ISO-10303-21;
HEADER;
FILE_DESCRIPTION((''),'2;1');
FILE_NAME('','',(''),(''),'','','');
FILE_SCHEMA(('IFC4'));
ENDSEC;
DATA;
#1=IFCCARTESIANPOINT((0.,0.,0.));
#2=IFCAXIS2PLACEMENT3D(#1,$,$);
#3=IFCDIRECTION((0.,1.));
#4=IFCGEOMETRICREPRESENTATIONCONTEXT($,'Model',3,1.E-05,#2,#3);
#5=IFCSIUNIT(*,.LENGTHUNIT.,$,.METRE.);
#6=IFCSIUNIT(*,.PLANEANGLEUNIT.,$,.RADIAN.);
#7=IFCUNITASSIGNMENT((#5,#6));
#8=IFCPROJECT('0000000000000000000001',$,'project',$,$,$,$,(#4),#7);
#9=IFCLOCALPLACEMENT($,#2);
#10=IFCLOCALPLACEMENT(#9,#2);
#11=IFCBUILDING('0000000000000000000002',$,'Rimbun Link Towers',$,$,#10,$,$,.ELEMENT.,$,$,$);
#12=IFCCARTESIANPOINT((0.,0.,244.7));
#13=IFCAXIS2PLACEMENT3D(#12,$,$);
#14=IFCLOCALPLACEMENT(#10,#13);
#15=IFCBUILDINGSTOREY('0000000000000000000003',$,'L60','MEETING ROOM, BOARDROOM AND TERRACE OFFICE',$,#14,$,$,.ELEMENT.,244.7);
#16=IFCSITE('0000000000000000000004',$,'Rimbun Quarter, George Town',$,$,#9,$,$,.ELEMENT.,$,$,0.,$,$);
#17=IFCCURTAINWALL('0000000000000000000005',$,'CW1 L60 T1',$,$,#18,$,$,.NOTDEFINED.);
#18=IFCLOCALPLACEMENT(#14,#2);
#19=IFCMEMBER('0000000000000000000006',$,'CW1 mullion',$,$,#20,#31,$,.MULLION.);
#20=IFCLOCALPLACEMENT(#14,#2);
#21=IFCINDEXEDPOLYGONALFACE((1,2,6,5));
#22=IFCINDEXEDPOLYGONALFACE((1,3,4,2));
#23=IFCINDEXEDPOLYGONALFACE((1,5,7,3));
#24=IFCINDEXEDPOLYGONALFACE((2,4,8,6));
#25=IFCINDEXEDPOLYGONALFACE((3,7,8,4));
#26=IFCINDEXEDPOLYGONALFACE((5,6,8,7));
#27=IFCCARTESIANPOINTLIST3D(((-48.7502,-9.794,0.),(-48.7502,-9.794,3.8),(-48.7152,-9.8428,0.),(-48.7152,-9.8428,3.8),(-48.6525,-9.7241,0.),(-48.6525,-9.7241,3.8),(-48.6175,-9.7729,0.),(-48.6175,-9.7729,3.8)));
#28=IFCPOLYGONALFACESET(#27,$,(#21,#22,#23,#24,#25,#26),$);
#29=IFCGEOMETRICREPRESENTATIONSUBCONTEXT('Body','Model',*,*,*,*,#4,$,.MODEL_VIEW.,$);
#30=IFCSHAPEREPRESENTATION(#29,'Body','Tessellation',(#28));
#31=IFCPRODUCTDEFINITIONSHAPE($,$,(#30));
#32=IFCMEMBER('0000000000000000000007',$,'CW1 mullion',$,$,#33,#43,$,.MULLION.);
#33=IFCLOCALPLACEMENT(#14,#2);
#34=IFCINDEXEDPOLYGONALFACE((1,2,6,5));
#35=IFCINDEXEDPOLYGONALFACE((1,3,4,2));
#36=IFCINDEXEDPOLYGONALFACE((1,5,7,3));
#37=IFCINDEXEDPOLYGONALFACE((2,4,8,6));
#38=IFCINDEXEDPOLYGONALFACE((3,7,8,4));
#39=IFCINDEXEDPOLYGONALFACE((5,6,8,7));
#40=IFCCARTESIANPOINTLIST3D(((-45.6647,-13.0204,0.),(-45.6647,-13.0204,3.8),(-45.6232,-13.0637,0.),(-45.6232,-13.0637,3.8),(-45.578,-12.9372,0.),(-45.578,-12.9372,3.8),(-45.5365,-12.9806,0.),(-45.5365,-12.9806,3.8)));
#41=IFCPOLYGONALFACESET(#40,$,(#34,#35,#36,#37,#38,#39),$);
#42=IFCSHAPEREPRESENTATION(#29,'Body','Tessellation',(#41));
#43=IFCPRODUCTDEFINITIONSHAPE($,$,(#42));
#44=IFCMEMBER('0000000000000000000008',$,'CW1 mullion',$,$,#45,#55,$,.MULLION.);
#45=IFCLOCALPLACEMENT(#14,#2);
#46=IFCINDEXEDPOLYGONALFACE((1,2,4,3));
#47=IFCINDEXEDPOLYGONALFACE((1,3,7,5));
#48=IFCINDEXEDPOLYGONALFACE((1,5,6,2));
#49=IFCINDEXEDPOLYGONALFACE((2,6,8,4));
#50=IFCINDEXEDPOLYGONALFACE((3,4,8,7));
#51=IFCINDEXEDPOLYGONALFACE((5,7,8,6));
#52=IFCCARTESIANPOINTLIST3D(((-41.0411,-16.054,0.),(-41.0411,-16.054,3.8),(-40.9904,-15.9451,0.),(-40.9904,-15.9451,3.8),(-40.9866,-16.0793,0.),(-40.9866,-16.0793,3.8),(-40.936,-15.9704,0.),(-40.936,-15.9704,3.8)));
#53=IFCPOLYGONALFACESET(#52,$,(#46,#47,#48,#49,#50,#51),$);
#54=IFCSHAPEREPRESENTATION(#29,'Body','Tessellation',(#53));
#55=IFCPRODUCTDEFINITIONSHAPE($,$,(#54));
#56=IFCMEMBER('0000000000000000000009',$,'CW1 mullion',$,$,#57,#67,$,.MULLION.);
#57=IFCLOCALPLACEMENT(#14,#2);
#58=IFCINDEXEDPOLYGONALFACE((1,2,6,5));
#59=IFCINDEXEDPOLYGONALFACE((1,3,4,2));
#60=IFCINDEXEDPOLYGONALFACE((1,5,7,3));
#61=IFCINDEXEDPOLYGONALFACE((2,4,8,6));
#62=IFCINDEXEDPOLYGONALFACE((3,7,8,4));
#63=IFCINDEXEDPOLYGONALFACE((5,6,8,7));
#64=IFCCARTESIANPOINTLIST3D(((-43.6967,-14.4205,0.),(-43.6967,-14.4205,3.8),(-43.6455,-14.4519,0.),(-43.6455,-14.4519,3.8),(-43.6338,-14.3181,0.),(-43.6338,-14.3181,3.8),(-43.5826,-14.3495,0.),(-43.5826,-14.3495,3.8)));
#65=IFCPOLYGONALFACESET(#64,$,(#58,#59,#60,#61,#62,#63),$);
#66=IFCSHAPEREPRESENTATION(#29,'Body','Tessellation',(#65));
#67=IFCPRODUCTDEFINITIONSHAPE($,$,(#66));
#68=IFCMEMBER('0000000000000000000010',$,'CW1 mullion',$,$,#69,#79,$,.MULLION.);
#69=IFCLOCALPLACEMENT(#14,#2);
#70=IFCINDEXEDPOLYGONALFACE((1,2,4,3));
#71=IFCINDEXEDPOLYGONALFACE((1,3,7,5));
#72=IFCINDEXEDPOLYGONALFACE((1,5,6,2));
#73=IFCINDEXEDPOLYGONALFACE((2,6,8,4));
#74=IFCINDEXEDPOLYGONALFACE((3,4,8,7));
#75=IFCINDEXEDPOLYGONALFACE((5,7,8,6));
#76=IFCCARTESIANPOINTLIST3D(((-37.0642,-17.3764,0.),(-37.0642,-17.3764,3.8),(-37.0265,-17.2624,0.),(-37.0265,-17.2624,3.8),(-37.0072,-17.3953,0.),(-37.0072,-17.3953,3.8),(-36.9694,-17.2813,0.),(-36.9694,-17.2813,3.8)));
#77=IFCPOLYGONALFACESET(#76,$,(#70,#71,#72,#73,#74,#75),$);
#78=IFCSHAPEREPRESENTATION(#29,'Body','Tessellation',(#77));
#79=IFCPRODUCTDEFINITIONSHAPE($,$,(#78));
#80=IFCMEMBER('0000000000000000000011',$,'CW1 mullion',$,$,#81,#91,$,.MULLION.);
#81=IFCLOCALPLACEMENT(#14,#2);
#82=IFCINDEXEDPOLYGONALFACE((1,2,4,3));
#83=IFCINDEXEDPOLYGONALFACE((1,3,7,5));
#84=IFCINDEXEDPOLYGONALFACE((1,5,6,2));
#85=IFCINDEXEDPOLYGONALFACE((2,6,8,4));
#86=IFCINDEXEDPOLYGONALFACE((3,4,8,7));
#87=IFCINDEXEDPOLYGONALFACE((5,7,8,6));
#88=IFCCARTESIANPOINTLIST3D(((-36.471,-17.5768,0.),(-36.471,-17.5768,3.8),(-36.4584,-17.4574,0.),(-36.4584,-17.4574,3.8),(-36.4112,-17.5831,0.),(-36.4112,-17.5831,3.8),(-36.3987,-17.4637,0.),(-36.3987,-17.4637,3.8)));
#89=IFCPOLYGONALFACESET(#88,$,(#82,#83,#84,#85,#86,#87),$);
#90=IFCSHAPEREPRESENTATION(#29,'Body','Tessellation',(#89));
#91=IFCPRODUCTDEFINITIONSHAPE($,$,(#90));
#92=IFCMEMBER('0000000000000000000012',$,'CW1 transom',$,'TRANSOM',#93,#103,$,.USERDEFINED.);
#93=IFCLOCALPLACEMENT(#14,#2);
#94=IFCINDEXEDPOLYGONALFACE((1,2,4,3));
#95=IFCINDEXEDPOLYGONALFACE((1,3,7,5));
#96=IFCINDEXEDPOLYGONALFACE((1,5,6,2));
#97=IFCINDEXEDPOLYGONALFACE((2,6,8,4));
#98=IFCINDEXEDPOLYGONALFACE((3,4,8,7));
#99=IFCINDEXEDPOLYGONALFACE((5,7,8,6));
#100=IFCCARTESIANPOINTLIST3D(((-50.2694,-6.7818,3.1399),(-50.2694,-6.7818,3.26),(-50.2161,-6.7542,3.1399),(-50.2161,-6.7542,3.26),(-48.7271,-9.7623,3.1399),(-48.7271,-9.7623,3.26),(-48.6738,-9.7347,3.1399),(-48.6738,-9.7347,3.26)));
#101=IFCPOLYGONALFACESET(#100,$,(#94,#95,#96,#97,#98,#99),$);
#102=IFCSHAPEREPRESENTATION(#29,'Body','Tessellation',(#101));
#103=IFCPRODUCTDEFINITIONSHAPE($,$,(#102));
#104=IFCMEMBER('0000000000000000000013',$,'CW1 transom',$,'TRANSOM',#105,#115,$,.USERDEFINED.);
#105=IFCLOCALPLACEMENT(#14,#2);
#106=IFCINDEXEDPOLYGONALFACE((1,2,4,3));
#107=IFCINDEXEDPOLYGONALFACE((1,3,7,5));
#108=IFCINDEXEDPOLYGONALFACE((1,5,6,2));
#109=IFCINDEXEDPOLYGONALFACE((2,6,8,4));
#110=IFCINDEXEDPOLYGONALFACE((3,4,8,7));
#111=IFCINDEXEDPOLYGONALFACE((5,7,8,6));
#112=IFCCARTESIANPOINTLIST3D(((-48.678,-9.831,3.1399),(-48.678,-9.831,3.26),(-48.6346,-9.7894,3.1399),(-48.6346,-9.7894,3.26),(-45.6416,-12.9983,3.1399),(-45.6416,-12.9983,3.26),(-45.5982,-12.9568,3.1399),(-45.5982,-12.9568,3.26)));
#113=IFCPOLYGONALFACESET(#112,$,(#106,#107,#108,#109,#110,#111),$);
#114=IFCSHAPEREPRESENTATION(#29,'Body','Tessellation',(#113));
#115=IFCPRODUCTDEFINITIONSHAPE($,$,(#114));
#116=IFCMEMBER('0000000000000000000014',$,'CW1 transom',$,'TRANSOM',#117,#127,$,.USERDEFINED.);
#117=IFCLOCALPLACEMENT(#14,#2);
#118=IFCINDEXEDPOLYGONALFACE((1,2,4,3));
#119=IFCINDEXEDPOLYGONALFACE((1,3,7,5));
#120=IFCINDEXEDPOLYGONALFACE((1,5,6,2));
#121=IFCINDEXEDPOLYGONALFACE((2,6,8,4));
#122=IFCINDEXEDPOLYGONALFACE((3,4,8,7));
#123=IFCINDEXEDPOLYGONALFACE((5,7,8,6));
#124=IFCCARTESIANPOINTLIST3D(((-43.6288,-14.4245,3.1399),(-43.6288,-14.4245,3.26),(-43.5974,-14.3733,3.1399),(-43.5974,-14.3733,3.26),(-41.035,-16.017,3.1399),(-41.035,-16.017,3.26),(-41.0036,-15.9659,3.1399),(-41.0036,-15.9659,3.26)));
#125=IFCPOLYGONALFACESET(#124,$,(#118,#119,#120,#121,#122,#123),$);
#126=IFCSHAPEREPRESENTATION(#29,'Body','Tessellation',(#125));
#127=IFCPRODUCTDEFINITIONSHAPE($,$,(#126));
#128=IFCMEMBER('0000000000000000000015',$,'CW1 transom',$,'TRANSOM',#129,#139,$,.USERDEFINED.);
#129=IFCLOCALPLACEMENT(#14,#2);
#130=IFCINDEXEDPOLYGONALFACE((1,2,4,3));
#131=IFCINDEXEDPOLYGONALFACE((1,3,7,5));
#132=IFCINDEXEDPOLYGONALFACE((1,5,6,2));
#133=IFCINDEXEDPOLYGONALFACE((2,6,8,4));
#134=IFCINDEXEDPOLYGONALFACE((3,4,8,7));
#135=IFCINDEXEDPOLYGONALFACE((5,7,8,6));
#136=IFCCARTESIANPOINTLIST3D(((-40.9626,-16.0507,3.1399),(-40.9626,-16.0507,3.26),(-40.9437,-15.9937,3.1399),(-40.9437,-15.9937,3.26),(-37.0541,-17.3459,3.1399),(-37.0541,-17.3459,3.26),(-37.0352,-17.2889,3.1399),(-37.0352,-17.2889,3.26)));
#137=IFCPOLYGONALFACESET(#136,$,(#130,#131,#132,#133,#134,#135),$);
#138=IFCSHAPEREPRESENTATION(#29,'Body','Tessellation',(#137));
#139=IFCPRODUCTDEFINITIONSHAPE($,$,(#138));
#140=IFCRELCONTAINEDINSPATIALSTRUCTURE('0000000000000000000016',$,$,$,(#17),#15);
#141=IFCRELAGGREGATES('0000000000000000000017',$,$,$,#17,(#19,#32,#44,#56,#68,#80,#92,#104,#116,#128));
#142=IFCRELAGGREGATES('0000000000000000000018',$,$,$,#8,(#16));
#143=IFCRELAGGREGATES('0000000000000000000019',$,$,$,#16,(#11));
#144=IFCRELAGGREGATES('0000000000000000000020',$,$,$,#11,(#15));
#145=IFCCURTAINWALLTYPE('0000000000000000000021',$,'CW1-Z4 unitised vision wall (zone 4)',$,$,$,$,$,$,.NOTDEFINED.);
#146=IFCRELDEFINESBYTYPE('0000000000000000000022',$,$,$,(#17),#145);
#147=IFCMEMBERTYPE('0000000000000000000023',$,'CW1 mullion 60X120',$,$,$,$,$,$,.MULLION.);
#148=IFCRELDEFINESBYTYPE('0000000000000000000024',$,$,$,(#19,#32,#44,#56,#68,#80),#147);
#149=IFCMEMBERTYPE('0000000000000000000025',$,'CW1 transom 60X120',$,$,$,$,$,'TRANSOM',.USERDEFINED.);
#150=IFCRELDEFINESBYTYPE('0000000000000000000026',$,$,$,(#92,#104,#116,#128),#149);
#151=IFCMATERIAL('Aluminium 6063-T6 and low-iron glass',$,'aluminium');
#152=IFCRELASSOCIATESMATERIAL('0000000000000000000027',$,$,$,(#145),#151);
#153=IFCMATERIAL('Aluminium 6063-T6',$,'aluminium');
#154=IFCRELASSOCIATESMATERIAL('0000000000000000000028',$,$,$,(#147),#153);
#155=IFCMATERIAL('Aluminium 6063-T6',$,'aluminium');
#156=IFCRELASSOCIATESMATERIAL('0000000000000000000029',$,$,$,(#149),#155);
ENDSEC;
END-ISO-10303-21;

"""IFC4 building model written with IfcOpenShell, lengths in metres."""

from ifc_helpers import new_model, si_unit, direction, frame, origin, origin_2d, place, context, subcontext, project, spatial, rectangle, extrude, material, material_profile, profile_set, type_object, element, aggregate, save


model = new_model("IFC4")

# Units and contexts
model_context = context("Model", 3, precision=1e-05, world=origin(), true_north=direction((0.0, 1.0)))
body_context = subcontext(model_context, "Body", "Model", "MODEL_VIEW")
ifc_project = project(units=[si_unit("LENGTHUNIT", "METRE"), si_unit("PLANEANGLEUNIT", "RADIAN")], contexts=[model_context])

# Site, building, storey
site_placement = place(None, origin())
site = spatial("IfcSite", under=ifc_project, at=site_placement, Name="Rimbun Quarter, George Town", CompositionType="ELEMENT", RefElevation=0.0)
building_placement = place(site_placement, origin())
building = spatial("IfcBuilding", under=site, at=building_placement, Name="Rimbun Link Towers", CompositionType="ELEMENT")
storey_placement = place(building_placement, frame((0.0, 0.0, 244.7)))
storey = spatial("IfcBuildingStorey", under=building, at=storey_placement, Name="L60", Description="MEETING ROOM, BOARDROOM AND TERRACE OFFICE", CompositionType="ELEMENT", Elevation=244.7)

# Curtain wall, members
ifc_material_1 = material(Name="Aluminium 6063-T6 and low-iron glass", Category="aluminium")
curtain_wall_type = type_object("IfcCurtainWallType", Name="CW1-Z4 unitised vision wall (zone 4)", PredefinedType="NOTDEFINED", material=ifc_material_1)
curtain_wall_placement = place(storey_placement, origin())
curtain_wall = element("IfcCurtainWall", 1, at=curtain_wall_placement, inside=storey, type_object=curtain_wall_type, Name="CW1 L60 T1", PredefinedType="NOTDEFINED")
ifc_material_2 = material(Name="Aluminium 6063-T6", Category="aluminium")
ifc_material_profile_1 = material_profile(ifc_material_2, rectangle(XDim=0.1201, YDim=0.0601, at=origin_2d()), Name="MULLION 60X120")
ifc_profile_set_1 = profile_set([ifc_material_profile_1], Name="Aluminium 6063-T6")
member_type_1 = type_object("IfcMemberType", Name="CW1 mullion 60X120", PredefinedType="MULLION", material=ifc_profile_set_1)
member_1_placement = place(storey_placement, frame((-48.6838, -9.7834, 0.0), z_axis=(0.0, 0.0, 1.0), x_axis=(-0.813354, -0.581769, 0.0)))
member_1 = element("IfcMember", 2, at=member_1_placement, type_object=member_type_1, Name="CW1 mullion", PredefinedType="MULLION", context=body_context, shape_type="SweptSolid", body=[
    extrude(rectangle(XDim=0.1201, YDim=0.0601, at=origin_2d()), origin(), (0.0, 0.0, 1.0), 3.8),
])
member_2_placement = place(storey_placement, frame((-45.6006, -13.0005, 0.0), z_axis=(0.0, 0.0, 1.0), x_axis=(-0.721858, -0.692041, 0.0)))
member_2 = element("IfcMember", 3, at=member_2_placement, type_object=member_type_1, Name="CW1 mullion", PredefinedType="MULLION", context=body_context, shape_type="SweptSolid", body=[
    extrude(rectangle(XDim=0.1201, YDim=0.0601, at=origin_2d()), origin(), (0.0, 0.0, 1.0), 3.8),
])
member_3_placement = place(storey_placement, frame((-40.9885, -16.0122, 0.0), z_axis=(0.0, 0.0, 1.0), x_axis=(-0.4217, -0.906735, 0.0)))
member_3 = element("IfcMember", 4, at=member_3_placement, type_object=member_type_1, Name="CW1 mullion", PredefinedType="MULLION", context=body_context, shape_type="SweptSolid", body=[
    extrude(rectangle(XDim=0.1201, YDim=0.0601, at=origin_2d()), origin(), (0.0, 0.0, 1.0), 3.8),
])
member_4_placement = place(storey_placement, frame((-43.6396, -14.385, 0.0), z_axis=(0.0, 0.0, 1.0), x_axis=(-0.523229, -0.852192, 0.0)))
member_4 = element("IfcMember", 5, at=member_4_placement, type_object=member_type_1, Name="CW1 mullion", PredefinedType="MULLION", context=body_context, shape_type="SweptSolid", body=[
    extrude(rectangle(XDim=0.1201, YDim=0.0601, at=origin_2d()), origin(), (0.0, 0.0, 1.0), 3.8),
])
member_5_placement = place(storey_placement, frame((-37.0168, -17.3289, 0.0), z_axis=(0.0, 0.0, 1.0), x_axis=(-0.314569, -0.949234, 0.0)))
member_5 = element("IfcMember", 6, at=member_5_placement, type_object=member_type_1, Name="CW1 mullion", PredefinedType="MULLION", context=body_context, shape_type="SweptSolid", body=[
    extrude(rectangle(XDim=0.1201, YDim=0.0601, at=origin_2d()), origin(), (0.0, 0.0, 1.0), 3.8),
])
member_6_placement = place(storey_placement, frame((-36.4348, -17.5203, 0.0), z_axis=(0.0, 0.0, 1.0), x_axis=(-0.104732, -0.9945, 0.0)))
member_6 = element("IfcMember", 7, at=member_6_placement, type_object=member_type_1, Name="CW1 mullion", PredefinedType="MULLION", context=body_context, shape_type="SweptSolid", body=[
    extrude(rectangle(XDim=0.1201, YDim=0.0601, at=origin_2d()), origin(), (0.0, 0.0, 1.0), 3.8),
])
ifc_material_3 = material(Name="Aluminium 6063-T6", Category="aluminium")
ifc_material_profile_2 = material_profile(ifc_material_3, rectangle(XDim=0.0601, YDim=0.1201, at=origin_2d()), Name="TRANSOM 60X120")
ifc_profile_set_2 = profile_set([ifc_material_profile_2], Name="Aluminium 6063-T6")
member_type_2 = type_object("IfcMemberType", Name="CW1 transom 60X120", ElementType="TRANSOM", PredefinedType="USERDEFINED", material=ifc_profile_set_2)
member_7_placement = place(storey_placement, frame((-48.7004, -9.7485, 3.2), z_axis=(-0.459567, 0.888143, 0.0), x_axis=(-0.888143, -0.459567, 0.0)))
member_7 = element("IfcMember", 8, at=member_7_placement, type_object=member_type_2, Name="CW1 transom", ObjectType="TRANSOM", PredefinedType="USERDEFINED", context=body_context, shape_type="SweptSolid", body=[
    extrude(rectangle(XDim=0.0601, YDim=0.1201, at=origin_2d()), origin(), (0.0, 0.0, 1.0), 3.356),
])
member_8_placement = place(storey_placement, frame((-45.6199, -12.9775, 3.2), z_axis=(-0.692037, 0.721862, 0.0), x_axis=(-0.721862, -0.692037, 0.0)))
member_8 = element("IfcMember", 9, at=member_8_placement, type_object=member_type_2, Name="CW1 transom", ObjectType="TRANSOM", PredefinedType="USERDEFINED", context=body_context, shape_type="SweptSolid", body=[
    extrude(rectangle(XDim=0.0601, YDim=0.1201, at=origin_2d()), origin(), (0.0, 0.0, 1.0), 4.3877),
])
member_9_placement = place(storey_placement, frame((-41.0193, -15.9915, 3.2), z_axis=(-0.852189, 0.523233, 0.0), x_axis=(-0.523233, -0.852189, 0.0)))
member_9 = element("IfcMember", 10, at=member_9_placement, type_object=member_type_2, Name="CW1 transom", ObjectType="TRANSOM", PredefinedType="USERDEFINED", context=body_context, shape_type="SweptSolid", body=[
    extrude(rectangle(XDim=0.0601, YDim=0.1201, at=origin_2d()), origin(), (0.0, 0.0, 1.0), 3.0437),
])
member_10_placement = place(storey_placement, frame((-37.0447, -17.3174, 3.2), z_axis=(-0.949239, 0.314555, 0.0), x_axis=(-0.314555, -0.949239, 0.0)))
member_10 = element("IfcMember", 11, at=member_10_placement, type_object=member_type_2, Name="CW1 transom", ObjectType="TRANSOM", PredefinedType="USERDEFINED", context=body_context, shape_type="SweptSolid", body=[
    extrude(rectangle(XDim=0.0601, YDim=0.1201, at=origin_2d()), origin(), (0.0, 0.0, 1.0), 4.1174),
])

aggregate(curtain_wall, [member_1, member_2, member_3, member_4, member_5, member_6, member_7, member_8, member_9, member_10])

save(model, "model.ifc")
